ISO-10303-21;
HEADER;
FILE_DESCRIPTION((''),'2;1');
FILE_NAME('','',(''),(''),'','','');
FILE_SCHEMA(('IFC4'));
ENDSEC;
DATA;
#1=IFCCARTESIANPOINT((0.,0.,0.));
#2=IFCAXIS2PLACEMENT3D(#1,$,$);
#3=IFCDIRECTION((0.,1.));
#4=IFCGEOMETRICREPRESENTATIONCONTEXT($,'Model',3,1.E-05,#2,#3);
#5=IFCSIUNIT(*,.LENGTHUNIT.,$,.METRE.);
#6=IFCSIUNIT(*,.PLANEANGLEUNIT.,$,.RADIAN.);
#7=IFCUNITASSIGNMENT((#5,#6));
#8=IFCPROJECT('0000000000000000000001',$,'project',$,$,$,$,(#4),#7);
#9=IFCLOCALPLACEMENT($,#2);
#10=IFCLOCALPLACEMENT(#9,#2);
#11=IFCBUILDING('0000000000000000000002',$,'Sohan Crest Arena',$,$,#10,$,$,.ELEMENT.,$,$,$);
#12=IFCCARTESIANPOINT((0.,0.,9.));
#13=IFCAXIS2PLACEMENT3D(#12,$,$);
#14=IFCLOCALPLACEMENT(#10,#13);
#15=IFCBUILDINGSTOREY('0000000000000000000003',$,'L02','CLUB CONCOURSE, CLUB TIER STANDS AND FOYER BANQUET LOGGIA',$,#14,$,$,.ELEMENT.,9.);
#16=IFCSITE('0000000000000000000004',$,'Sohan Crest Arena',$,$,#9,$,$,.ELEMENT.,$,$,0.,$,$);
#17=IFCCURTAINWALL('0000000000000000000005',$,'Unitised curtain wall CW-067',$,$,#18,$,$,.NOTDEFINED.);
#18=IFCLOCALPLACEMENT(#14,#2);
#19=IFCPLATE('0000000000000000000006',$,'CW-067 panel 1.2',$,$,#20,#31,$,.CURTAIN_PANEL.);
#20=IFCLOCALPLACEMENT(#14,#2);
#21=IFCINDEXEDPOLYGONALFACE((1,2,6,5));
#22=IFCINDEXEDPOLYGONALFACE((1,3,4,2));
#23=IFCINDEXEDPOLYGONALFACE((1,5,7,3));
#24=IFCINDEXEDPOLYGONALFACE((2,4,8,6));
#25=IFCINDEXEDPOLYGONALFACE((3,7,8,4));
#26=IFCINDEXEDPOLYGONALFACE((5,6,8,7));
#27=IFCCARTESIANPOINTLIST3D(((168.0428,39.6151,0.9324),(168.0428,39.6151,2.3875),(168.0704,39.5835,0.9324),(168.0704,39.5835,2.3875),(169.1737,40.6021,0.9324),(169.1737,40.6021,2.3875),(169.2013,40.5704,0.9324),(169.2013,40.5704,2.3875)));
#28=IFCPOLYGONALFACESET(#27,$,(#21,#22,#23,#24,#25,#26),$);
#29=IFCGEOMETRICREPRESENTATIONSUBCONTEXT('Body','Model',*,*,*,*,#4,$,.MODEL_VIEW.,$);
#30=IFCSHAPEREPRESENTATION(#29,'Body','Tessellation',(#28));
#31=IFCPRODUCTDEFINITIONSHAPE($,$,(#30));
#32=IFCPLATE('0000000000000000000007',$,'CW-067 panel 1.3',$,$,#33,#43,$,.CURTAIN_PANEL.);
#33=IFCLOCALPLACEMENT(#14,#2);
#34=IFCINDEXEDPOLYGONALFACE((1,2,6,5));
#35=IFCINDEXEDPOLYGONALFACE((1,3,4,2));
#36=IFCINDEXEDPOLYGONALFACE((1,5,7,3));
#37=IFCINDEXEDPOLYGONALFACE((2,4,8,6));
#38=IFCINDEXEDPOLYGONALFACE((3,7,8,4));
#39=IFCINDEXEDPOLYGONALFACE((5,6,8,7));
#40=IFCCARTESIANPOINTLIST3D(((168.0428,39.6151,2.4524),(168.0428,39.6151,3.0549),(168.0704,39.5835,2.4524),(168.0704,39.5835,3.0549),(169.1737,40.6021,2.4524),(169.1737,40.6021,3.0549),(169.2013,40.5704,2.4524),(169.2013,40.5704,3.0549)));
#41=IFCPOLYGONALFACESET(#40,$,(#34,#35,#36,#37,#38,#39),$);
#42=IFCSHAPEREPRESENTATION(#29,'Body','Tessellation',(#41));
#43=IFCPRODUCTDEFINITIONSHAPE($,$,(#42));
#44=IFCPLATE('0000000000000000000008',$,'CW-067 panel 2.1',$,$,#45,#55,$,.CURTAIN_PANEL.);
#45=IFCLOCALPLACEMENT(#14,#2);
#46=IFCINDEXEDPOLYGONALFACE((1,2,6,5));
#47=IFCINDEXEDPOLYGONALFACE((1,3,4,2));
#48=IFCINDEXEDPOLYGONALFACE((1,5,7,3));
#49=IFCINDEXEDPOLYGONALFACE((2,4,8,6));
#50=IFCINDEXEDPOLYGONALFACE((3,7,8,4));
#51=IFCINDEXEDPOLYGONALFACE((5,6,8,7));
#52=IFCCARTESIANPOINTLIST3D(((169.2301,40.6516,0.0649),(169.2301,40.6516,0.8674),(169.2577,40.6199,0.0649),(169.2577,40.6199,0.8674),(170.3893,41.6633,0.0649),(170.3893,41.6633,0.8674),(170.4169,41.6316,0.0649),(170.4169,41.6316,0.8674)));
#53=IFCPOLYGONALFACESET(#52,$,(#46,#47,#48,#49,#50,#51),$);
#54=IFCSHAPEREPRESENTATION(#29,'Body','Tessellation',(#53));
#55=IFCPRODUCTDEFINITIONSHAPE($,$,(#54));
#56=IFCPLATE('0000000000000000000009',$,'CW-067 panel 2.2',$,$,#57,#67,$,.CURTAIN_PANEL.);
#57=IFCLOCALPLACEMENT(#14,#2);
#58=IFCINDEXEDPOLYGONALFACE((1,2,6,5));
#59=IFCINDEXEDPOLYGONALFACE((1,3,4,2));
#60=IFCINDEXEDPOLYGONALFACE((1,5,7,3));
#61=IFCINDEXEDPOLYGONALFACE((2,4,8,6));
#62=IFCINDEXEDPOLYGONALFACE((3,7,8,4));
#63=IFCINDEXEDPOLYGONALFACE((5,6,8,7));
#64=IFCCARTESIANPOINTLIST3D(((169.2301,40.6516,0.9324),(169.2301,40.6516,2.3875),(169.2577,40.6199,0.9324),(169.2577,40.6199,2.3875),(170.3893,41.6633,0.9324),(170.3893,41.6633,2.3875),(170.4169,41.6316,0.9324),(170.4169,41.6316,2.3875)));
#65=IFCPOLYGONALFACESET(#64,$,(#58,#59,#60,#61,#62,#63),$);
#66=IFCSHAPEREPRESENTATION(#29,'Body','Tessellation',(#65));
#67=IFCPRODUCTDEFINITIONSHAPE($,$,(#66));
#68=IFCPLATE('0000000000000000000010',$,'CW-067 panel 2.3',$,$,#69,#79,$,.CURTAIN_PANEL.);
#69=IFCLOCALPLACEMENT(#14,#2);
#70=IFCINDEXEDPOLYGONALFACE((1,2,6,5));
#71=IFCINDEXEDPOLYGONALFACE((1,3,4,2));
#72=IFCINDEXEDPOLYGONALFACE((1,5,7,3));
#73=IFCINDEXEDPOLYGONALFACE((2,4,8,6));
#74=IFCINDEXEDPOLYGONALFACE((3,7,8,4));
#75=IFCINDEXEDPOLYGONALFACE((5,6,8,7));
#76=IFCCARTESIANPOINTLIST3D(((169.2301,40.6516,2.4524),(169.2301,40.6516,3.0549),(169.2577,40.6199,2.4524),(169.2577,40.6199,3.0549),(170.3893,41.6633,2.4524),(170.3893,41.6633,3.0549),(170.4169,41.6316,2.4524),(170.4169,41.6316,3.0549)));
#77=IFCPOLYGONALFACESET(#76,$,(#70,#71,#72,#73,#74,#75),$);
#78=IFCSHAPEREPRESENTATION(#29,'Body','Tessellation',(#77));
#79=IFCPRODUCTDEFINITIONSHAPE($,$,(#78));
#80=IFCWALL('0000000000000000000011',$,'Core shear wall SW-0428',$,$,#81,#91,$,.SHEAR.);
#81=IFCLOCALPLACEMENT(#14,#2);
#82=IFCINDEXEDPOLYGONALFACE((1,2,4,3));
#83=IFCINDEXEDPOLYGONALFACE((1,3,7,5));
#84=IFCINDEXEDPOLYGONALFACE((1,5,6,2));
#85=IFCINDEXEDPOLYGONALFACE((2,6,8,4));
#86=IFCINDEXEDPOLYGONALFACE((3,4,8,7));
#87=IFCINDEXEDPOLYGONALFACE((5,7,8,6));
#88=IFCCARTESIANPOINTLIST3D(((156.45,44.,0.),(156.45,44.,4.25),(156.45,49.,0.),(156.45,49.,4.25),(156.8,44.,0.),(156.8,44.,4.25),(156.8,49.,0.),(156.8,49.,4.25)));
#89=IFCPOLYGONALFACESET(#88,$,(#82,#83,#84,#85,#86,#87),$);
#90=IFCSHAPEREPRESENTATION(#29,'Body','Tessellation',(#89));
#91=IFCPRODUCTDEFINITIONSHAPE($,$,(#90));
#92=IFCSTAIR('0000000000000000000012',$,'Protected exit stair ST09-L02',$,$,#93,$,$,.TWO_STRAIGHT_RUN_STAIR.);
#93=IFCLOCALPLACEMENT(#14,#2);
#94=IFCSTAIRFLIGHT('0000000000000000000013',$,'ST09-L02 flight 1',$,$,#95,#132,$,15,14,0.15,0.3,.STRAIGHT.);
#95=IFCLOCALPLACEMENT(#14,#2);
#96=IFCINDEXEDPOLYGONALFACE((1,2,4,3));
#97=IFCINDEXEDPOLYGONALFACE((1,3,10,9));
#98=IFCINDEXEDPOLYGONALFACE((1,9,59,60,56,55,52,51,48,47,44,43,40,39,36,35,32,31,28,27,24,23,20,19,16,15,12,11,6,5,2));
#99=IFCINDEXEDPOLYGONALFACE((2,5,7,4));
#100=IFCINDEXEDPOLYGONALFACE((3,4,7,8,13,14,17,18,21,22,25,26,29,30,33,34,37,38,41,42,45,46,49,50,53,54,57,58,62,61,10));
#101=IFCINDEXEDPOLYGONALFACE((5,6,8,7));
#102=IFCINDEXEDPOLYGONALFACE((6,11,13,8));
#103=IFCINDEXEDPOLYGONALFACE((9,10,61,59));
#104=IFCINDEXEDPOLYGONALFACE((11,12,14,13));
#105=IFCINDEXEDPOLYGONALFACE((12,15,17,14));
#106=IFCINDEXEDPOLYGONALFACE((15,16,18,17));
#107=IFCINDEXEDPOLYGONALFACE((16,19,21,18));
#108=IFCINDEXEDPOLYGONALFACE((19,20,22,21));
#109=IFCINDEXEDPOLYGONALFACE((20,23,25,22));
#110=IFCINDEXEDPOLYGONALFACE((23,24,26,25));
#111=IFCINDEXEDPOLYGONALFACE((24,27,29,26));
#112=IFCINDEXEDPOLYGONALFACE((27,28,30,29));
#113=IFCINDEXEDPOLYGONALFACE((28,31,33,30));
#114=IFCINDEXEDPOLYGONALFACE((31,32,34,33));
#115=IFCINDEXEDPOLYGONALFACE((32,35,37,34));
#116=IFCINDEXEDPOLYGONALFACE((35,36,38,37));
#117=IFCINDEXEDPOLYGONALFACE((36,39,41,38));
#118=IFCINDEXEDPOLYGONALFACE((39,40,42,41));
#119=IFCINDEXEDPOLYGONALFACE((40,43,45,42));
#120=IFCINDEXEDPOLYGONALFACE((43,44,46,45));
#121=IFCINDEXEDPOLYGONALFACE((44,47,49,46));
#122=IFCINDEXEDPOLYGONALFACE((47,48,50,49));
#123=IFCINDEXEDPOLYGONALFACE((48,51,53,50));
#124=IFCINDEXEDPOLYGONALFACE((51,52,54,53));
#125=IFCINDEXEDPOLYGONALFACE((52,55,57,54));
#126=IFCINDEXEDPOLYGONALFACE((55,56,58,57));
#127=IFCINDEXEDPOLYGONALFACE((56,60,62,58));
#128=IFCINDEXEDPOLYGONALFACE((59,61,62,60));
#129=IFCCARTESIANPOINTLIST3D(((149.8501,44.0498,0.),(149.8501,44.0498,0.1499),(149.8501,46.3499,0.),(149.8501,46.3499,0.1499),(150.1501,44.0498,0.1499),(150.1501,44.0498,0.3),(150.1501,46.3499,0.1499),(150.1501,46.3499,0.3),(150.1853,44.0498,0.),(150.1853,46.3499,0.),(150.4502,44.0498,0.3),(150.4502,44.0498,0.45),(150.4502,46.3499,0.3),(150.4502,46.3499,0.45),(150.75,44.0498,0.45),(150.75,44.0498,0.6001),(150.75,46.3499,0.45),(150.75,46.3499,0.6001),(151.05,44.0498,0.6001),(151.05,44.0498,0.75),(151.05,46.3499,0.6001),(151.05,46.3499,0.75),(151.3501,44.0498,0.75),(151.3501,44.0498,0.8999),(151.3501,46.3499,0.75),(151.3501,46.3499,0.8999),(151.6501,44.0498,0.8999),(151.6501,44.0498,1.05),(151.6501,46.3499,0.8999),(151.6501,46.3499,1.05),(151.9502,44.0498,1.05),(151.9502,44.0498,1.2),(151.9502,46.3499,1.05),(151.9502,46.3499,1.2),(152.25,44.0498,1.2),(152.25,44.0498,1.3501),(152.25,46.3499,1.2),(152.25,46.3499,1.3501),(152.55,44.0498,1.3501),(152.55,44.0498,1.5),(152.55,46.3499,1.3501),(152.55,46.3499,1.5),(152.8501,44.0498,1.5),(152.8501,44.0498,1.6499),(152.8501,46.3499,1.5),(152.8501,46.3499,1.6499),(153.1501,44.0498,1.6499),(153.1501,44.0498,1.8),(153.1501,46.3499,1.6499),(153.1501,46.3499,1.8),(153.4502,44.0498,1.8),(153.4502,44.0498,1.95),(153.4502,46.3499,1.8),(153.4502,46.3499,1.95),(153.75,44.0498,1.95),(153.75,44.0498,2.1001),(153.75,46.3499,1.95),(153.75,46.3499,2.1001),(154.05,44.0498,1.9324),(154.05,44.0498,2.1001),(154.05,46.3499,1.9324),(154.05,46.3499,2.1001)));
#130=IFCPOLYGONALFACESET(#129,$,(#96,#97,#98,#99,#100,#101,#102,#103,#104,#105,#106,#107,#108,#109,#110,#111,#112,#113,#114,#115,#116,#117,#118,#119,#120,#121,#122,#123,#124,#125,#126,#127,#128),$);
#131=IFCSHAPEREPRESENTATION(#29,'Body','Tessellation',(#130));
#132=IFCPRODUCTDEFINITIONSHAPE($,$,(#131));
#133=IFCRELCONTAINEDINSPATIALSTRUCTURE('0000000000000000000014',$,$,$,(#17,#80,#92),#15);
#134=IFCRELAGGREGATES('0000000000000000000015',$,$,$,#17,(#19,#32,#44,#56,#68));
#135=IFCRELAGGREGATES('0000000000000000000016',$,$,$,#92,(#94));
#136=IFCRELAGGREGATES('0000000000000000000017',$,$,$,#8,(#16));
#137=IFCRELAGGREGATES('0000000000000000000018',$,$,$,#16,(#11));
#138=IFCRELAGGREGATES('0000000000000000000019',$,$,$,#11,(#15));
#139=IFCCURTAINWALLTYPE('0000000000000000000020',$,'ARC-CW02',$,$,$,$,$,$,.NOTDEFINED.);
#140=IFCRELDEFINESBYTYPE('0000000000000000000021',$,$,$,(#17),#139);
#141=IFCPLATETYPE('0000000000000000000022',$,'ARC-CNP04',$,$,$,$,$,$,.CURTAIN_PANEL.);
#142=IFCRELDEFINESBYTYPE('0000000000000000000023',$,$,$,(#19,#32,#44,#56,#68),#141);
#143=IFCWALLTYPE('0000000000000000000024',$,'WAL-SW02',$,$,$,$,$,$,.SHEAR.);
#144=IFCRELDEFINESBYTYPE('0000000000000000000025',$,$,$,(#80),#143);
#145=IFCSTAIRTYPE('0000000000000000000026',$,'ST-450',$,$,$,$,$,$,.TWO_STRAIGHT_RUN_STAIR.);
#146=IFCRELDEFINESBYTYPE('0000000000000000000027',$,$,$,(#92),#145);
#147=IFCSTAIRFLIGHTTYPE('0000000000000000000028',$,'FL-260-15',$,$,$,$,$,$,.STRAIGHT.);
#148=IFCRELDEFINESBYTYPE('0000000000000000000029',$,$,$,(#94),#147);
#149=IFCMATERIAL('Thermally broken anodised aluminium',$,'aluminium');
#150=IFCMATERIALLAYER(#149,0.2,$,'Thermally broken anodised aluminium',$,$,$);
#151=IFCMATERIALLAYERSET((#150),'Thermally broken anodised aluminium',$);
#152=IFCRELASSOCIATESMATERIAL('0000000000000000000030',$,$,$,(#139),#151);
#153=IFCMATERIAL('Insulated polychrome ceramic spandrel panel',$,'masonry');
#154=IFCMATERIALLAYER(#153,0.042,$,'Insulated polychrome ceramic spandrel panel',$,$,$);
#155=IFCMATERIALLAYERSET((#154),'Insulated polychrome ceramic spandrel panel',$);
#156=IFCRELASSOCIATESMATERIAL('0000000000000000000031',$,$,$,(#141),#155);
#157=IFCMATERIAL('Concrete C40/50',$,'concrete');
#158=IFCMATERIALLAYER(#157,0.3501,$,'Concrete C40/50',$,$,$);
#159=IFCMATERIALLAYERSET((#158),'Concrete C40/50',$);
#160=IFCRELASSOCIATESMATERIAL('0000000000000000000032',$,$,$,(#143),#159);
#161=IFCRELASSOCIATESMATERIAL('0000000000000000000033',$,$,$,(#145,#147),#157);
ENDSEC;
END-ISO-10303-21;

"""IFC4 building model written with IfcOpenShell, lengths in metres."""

from ifc_helpers import new_model, si_unit, direction, frame, frame_2d, origin, origin_2d, place, context, subcontext, project, spatial, polyline, rectangle, outline, extrude, material, layer, layer_set, type_object, element, aggregate, save


model = new_model("IFC4")

# Units and contexts
model_context = context("Model", 3, precision=1e-05, world=origin(), true_north=direction((0.0, 1.0)))
body_context = subcontext(model_context, "Body", "Model", "MODEL_VIEW")
ifc_project = project(units=[si_unit("LENGTHUNIT", "METRE"), si_unit("PLANEANGLEUNIT", "RADIAN")], contexts=[model_context])

# Site, building, storey
site_placement = place(None, origin())
site = spatial("IfcSite", under=ifc_project, at=site_placement, Name="Sohan Crest Arena", CompositionType="ELEMENT", RefElevation=0.0)
building_placement = place(site_placement, origin())
building = spatial("IfcBuilding", under=site, at=building_placement, Name="Sohan Crest Arena", CompositionType="ELEMENT")
storey_placement = place(building_placement, frame((0.0, 0.0, 9.0)))
storey = spatial("IfcBuildingStorey", under=building, at=storey_placement, Name="L02", Description="CLUB CONCOURSE, CLUB TIER STANDS AND FOYER BANQUET LOGGIA", CompositionType="ELEMENT", Elevation=9.0)

# Shared definitions
ifc_material_1 = material(Name="Thermally broken anodised aluminium", Category="aluminium")

# Curtain wall
ifc_layer_1 = layer(ifc_material_1, 0.2, Name="Thermally broken anodised aluminium")
ifc_layer_set_1 = layer_set([ifc_layer_1], Name="Thermally broken anodised aluminium")
curtain_wall_type_1 = type_object("IfcCurtainWallType", Name="ARC-CW02", PredefinedType="NOTDEFINED", material=ifc_layer_set_1)
curtain_wall_1_placement = place(storey_placement, origin())
curtain_wall_1 = element("IfcCurtainWall", 1, at=curtain_wall_1_placement, inside=storey, type_object=curtain_wall_type_1, Name="Unitised curtain wall CW-067", PredefinedType="NOTDEFINED")

# Plates
ifc_material_2 = material(Name="Insulated polychrome ceramic spandrel panel", Category="masonry")
ifc_layer_2 = layer(ifc_material_2, 0.042, Name="Insulated polychrome ceramic spandrel panel")
ifc_layer_set_2 = layer_set([ifc_layer_2], Name="Insulated polychrome ceramic spandrel panel")
plate_type_1 = type_object("IfcPlateType", Name="ARC-CNP04", PredefinedType="CURTAIN_PANEL", material=ifc_layer_set_2)
plate_1_placement = place(storey_placement, frame((168.6221, 40.0928, 0.9324), z_axis=(0.0, 0.0, 1.0), x_axis=(0.753421, 0.657539, 0.0)))
plate_1 = element("IfcPlate", 2, at=plate_1_placement, type_object=plate_type_1, Name="CW-067 panel 1.2", PredefinedType="CURTAIN_PANEL", context=body_context, shape_type="SweptSolid", body=[
    extrude(rectangle(XDim=1.501, YDim=0.042, at=origin_2d()), origin(), (0.0, 0.0, 1.0), 1.4551),
])
plate_2_placement = place(storey_placement, frame((168.6221, 40.0928, 2.4524), z_axis=(0.0, 0.0, 1.0), x_axis=(0.753421, 0.657539, 0.0)))
plate_2 = element("IfcPlate", 3, at=plate_2_placement, type_object=plate_type_1, Name="CW-067 panel 1.3", PredefinedType="CURTAIN_PANEL", context=body_context, shape_type="SweptSolid", body=[
    extrude(rectangle(XDim=1.501, YDim=0.042, at=origin_2d()), origin(), (0.0, 0.0, 1.0), 0.6025),
])
plate_3_placement = place(storey_placement, frame((169.8235, 41.1416, 0.0649), z_axis=(0.0, 0.0, 1.0), x_axis=(0.753421, 0.657539, 0.0)))
plate_3 = element("IfcPlate", 4, at=plate_3_placement, type_object=plate_type_1, Name="CW-067 panel 2.1", PredefinedType="CURTAIN_PANEL", context=body_context, shape_type="SweptSolid", body=[
    extrude(rectangle(XDim=1.5386, YDim=0.042, at=origin_2d()), origin(), (0.0, 0.0, 1.0), 0.8025),
])
plate_4_placement = place(storey_placement, frame((169.8235, 41.1416, 0.9324), z_axis=(0.0, 0.0, 1.0), x_axis=(0.753421, 0.657539, 0.0)))
plate_4 = element("IfcPlate", 5, at=plate_4_placement, type_object=plate_type_1, Name="CW-067 panel 2.2", PredefinedType="CURTAIN_PANEL", context=body_context, shape_type="SweptSolid", body=[
    extrude(rectangle(XDim=1.5386, YDim=0.042, at=origin_2d()), origin(), (0.0, 0.0, 1.0), 1.4551),
])
plate_5_placement = place(storey_placement, frame((169.8235, 41.1416, 2.4524), z_axis=(0.0, 0.0, 1.0), x_axis=(0.753421, 0.657539, 0.0)))
plate_5 = element("IfcPlate", 6, at=plate_5_placement, type_object=plate_type_1, Name="CW-067 panel 2.3", PredefinedType="CURTAIN_PANEL", context=body_context, shape_type="SweptSolid", body=[
    extrude(rectangle(XDim=1.5386, YDim=0.042, at=origin_2d()), origin(), (0.0, 0.0, 1.0), 0.6025),
])
aggregate(curtain_wall_1, [plate_1, plate_2, plate_3, plate_4, plate_5])

# Wall
ifc_material_3 = material(Name="Concrete C40/50", Category="concrete")
ifc_layer_3 = layer(ifc_material_3, 0.3501, Name="Concrete C40/50")
ifc_layer_set_3 = layer_set([ifc_layer_3], Name="Concrete C40/50")
wall_type = type_object("IfcWallType", Name="WAL-SW02", PredefinedType="SHEAR", material=ifc_layer_set_3)
wall_placement = place(storey_placement, frame((156.625, 44.0, 0.0), z_axis=(0.0, 0.0, 1.0), x_axis=(0.0, 1.0, 0.0)))
element("IfcWall", 7, at=wall_placement, inside=storey, type_object=wall_type, Name="Core shear wall SW-0428", PredefinedType="SHEAR", context=body_context, shape_type="SweptSolid", body=[
    extrude(rectangle(XDim=5.0, YDim=0.3501, at=frame_2d((2.5, 0.0))), origin(), (0.0, 0.0, 1.0), 4.25),
])

# Stair, stair flight
stair_type = type_object("IfcStairType", Name="ST-450", PredefinedType="TWO_STRAIGHT_RUN_STAIR", material=ifc_material_3)
stair_placement = place(storey_placement, origin())
stair = element("IfcStair", 8, at=stair_placement, inside=storey, type_object=stair_type, Name="Protected exit stair ST09-L02", PredefinedType="TWO_STRAIGHT_RUN_STAIR")
stair_flight_type = type_object("IfcStairFlightType", Name="FL-260-15", PredefinedType="STRAIGHT", material=ifc_material_3)
stair_flight_placement = place(storey_placement, frame((149.8501, 45.2, 0.0), z_axis=(0.0, 0.0, 1.0), x_axis=(1.0, 0.0, 0.0)))
stair_flight = element("IfcStairFlight", 9, at=stair_flight_placement, type_object=stair_flight_type, Name="ST09-L02 flight 1", NumberOfRisers=15, NumberOfTreads=14, PredefinedType="STRAIGHT", RiserHeight=0.15, TreadLength=0.3, context=body_context, shape_type="SweptSolid", body=[
    extrude(outline(polyline([(0.0, 0.0), (0.0, 0.1499), (0.3, 0.1499), (0.3, 0.3), (0.6001, 0.3), (0.6001, 0.45), (0.8999, 0.45), (0.8999, 0.6001), (1.2, 0.6001), (1.2, 0.75), (1.5, 0.75), (1.5, 0.8999), (1.8, 0.8999), (1.8, 1.05), (2.1001, 1.05), (2.1001, 1.2), (2.3999, 1.2), (2.3999, 1.3501), (2.7, 1.3501), (2.7, 1.5), (3.0, 1.5), (3.0, 1.6499), (3.3, 1.6499), (3.3, 1.8), (3.6001, 1.8), (3.6001, 1.95), (3.8999, 1.95), (3.8999, 2.1001), (4.2, 2.1001), (4.2, 2.25), (4.2, 1.9324), (0.3352, 0.0), (0.0, 0.0)])), frame((0.0, 1.1499, 0.0), z_axis=(0.0, -1.0, 0.0), x_axis=(1.0, 0.0, 0.0)), (0.0, 0.0, 1.0), 2.3),
])
aggregate(stair, [stair_flight])

save(model, "model.ifc")
